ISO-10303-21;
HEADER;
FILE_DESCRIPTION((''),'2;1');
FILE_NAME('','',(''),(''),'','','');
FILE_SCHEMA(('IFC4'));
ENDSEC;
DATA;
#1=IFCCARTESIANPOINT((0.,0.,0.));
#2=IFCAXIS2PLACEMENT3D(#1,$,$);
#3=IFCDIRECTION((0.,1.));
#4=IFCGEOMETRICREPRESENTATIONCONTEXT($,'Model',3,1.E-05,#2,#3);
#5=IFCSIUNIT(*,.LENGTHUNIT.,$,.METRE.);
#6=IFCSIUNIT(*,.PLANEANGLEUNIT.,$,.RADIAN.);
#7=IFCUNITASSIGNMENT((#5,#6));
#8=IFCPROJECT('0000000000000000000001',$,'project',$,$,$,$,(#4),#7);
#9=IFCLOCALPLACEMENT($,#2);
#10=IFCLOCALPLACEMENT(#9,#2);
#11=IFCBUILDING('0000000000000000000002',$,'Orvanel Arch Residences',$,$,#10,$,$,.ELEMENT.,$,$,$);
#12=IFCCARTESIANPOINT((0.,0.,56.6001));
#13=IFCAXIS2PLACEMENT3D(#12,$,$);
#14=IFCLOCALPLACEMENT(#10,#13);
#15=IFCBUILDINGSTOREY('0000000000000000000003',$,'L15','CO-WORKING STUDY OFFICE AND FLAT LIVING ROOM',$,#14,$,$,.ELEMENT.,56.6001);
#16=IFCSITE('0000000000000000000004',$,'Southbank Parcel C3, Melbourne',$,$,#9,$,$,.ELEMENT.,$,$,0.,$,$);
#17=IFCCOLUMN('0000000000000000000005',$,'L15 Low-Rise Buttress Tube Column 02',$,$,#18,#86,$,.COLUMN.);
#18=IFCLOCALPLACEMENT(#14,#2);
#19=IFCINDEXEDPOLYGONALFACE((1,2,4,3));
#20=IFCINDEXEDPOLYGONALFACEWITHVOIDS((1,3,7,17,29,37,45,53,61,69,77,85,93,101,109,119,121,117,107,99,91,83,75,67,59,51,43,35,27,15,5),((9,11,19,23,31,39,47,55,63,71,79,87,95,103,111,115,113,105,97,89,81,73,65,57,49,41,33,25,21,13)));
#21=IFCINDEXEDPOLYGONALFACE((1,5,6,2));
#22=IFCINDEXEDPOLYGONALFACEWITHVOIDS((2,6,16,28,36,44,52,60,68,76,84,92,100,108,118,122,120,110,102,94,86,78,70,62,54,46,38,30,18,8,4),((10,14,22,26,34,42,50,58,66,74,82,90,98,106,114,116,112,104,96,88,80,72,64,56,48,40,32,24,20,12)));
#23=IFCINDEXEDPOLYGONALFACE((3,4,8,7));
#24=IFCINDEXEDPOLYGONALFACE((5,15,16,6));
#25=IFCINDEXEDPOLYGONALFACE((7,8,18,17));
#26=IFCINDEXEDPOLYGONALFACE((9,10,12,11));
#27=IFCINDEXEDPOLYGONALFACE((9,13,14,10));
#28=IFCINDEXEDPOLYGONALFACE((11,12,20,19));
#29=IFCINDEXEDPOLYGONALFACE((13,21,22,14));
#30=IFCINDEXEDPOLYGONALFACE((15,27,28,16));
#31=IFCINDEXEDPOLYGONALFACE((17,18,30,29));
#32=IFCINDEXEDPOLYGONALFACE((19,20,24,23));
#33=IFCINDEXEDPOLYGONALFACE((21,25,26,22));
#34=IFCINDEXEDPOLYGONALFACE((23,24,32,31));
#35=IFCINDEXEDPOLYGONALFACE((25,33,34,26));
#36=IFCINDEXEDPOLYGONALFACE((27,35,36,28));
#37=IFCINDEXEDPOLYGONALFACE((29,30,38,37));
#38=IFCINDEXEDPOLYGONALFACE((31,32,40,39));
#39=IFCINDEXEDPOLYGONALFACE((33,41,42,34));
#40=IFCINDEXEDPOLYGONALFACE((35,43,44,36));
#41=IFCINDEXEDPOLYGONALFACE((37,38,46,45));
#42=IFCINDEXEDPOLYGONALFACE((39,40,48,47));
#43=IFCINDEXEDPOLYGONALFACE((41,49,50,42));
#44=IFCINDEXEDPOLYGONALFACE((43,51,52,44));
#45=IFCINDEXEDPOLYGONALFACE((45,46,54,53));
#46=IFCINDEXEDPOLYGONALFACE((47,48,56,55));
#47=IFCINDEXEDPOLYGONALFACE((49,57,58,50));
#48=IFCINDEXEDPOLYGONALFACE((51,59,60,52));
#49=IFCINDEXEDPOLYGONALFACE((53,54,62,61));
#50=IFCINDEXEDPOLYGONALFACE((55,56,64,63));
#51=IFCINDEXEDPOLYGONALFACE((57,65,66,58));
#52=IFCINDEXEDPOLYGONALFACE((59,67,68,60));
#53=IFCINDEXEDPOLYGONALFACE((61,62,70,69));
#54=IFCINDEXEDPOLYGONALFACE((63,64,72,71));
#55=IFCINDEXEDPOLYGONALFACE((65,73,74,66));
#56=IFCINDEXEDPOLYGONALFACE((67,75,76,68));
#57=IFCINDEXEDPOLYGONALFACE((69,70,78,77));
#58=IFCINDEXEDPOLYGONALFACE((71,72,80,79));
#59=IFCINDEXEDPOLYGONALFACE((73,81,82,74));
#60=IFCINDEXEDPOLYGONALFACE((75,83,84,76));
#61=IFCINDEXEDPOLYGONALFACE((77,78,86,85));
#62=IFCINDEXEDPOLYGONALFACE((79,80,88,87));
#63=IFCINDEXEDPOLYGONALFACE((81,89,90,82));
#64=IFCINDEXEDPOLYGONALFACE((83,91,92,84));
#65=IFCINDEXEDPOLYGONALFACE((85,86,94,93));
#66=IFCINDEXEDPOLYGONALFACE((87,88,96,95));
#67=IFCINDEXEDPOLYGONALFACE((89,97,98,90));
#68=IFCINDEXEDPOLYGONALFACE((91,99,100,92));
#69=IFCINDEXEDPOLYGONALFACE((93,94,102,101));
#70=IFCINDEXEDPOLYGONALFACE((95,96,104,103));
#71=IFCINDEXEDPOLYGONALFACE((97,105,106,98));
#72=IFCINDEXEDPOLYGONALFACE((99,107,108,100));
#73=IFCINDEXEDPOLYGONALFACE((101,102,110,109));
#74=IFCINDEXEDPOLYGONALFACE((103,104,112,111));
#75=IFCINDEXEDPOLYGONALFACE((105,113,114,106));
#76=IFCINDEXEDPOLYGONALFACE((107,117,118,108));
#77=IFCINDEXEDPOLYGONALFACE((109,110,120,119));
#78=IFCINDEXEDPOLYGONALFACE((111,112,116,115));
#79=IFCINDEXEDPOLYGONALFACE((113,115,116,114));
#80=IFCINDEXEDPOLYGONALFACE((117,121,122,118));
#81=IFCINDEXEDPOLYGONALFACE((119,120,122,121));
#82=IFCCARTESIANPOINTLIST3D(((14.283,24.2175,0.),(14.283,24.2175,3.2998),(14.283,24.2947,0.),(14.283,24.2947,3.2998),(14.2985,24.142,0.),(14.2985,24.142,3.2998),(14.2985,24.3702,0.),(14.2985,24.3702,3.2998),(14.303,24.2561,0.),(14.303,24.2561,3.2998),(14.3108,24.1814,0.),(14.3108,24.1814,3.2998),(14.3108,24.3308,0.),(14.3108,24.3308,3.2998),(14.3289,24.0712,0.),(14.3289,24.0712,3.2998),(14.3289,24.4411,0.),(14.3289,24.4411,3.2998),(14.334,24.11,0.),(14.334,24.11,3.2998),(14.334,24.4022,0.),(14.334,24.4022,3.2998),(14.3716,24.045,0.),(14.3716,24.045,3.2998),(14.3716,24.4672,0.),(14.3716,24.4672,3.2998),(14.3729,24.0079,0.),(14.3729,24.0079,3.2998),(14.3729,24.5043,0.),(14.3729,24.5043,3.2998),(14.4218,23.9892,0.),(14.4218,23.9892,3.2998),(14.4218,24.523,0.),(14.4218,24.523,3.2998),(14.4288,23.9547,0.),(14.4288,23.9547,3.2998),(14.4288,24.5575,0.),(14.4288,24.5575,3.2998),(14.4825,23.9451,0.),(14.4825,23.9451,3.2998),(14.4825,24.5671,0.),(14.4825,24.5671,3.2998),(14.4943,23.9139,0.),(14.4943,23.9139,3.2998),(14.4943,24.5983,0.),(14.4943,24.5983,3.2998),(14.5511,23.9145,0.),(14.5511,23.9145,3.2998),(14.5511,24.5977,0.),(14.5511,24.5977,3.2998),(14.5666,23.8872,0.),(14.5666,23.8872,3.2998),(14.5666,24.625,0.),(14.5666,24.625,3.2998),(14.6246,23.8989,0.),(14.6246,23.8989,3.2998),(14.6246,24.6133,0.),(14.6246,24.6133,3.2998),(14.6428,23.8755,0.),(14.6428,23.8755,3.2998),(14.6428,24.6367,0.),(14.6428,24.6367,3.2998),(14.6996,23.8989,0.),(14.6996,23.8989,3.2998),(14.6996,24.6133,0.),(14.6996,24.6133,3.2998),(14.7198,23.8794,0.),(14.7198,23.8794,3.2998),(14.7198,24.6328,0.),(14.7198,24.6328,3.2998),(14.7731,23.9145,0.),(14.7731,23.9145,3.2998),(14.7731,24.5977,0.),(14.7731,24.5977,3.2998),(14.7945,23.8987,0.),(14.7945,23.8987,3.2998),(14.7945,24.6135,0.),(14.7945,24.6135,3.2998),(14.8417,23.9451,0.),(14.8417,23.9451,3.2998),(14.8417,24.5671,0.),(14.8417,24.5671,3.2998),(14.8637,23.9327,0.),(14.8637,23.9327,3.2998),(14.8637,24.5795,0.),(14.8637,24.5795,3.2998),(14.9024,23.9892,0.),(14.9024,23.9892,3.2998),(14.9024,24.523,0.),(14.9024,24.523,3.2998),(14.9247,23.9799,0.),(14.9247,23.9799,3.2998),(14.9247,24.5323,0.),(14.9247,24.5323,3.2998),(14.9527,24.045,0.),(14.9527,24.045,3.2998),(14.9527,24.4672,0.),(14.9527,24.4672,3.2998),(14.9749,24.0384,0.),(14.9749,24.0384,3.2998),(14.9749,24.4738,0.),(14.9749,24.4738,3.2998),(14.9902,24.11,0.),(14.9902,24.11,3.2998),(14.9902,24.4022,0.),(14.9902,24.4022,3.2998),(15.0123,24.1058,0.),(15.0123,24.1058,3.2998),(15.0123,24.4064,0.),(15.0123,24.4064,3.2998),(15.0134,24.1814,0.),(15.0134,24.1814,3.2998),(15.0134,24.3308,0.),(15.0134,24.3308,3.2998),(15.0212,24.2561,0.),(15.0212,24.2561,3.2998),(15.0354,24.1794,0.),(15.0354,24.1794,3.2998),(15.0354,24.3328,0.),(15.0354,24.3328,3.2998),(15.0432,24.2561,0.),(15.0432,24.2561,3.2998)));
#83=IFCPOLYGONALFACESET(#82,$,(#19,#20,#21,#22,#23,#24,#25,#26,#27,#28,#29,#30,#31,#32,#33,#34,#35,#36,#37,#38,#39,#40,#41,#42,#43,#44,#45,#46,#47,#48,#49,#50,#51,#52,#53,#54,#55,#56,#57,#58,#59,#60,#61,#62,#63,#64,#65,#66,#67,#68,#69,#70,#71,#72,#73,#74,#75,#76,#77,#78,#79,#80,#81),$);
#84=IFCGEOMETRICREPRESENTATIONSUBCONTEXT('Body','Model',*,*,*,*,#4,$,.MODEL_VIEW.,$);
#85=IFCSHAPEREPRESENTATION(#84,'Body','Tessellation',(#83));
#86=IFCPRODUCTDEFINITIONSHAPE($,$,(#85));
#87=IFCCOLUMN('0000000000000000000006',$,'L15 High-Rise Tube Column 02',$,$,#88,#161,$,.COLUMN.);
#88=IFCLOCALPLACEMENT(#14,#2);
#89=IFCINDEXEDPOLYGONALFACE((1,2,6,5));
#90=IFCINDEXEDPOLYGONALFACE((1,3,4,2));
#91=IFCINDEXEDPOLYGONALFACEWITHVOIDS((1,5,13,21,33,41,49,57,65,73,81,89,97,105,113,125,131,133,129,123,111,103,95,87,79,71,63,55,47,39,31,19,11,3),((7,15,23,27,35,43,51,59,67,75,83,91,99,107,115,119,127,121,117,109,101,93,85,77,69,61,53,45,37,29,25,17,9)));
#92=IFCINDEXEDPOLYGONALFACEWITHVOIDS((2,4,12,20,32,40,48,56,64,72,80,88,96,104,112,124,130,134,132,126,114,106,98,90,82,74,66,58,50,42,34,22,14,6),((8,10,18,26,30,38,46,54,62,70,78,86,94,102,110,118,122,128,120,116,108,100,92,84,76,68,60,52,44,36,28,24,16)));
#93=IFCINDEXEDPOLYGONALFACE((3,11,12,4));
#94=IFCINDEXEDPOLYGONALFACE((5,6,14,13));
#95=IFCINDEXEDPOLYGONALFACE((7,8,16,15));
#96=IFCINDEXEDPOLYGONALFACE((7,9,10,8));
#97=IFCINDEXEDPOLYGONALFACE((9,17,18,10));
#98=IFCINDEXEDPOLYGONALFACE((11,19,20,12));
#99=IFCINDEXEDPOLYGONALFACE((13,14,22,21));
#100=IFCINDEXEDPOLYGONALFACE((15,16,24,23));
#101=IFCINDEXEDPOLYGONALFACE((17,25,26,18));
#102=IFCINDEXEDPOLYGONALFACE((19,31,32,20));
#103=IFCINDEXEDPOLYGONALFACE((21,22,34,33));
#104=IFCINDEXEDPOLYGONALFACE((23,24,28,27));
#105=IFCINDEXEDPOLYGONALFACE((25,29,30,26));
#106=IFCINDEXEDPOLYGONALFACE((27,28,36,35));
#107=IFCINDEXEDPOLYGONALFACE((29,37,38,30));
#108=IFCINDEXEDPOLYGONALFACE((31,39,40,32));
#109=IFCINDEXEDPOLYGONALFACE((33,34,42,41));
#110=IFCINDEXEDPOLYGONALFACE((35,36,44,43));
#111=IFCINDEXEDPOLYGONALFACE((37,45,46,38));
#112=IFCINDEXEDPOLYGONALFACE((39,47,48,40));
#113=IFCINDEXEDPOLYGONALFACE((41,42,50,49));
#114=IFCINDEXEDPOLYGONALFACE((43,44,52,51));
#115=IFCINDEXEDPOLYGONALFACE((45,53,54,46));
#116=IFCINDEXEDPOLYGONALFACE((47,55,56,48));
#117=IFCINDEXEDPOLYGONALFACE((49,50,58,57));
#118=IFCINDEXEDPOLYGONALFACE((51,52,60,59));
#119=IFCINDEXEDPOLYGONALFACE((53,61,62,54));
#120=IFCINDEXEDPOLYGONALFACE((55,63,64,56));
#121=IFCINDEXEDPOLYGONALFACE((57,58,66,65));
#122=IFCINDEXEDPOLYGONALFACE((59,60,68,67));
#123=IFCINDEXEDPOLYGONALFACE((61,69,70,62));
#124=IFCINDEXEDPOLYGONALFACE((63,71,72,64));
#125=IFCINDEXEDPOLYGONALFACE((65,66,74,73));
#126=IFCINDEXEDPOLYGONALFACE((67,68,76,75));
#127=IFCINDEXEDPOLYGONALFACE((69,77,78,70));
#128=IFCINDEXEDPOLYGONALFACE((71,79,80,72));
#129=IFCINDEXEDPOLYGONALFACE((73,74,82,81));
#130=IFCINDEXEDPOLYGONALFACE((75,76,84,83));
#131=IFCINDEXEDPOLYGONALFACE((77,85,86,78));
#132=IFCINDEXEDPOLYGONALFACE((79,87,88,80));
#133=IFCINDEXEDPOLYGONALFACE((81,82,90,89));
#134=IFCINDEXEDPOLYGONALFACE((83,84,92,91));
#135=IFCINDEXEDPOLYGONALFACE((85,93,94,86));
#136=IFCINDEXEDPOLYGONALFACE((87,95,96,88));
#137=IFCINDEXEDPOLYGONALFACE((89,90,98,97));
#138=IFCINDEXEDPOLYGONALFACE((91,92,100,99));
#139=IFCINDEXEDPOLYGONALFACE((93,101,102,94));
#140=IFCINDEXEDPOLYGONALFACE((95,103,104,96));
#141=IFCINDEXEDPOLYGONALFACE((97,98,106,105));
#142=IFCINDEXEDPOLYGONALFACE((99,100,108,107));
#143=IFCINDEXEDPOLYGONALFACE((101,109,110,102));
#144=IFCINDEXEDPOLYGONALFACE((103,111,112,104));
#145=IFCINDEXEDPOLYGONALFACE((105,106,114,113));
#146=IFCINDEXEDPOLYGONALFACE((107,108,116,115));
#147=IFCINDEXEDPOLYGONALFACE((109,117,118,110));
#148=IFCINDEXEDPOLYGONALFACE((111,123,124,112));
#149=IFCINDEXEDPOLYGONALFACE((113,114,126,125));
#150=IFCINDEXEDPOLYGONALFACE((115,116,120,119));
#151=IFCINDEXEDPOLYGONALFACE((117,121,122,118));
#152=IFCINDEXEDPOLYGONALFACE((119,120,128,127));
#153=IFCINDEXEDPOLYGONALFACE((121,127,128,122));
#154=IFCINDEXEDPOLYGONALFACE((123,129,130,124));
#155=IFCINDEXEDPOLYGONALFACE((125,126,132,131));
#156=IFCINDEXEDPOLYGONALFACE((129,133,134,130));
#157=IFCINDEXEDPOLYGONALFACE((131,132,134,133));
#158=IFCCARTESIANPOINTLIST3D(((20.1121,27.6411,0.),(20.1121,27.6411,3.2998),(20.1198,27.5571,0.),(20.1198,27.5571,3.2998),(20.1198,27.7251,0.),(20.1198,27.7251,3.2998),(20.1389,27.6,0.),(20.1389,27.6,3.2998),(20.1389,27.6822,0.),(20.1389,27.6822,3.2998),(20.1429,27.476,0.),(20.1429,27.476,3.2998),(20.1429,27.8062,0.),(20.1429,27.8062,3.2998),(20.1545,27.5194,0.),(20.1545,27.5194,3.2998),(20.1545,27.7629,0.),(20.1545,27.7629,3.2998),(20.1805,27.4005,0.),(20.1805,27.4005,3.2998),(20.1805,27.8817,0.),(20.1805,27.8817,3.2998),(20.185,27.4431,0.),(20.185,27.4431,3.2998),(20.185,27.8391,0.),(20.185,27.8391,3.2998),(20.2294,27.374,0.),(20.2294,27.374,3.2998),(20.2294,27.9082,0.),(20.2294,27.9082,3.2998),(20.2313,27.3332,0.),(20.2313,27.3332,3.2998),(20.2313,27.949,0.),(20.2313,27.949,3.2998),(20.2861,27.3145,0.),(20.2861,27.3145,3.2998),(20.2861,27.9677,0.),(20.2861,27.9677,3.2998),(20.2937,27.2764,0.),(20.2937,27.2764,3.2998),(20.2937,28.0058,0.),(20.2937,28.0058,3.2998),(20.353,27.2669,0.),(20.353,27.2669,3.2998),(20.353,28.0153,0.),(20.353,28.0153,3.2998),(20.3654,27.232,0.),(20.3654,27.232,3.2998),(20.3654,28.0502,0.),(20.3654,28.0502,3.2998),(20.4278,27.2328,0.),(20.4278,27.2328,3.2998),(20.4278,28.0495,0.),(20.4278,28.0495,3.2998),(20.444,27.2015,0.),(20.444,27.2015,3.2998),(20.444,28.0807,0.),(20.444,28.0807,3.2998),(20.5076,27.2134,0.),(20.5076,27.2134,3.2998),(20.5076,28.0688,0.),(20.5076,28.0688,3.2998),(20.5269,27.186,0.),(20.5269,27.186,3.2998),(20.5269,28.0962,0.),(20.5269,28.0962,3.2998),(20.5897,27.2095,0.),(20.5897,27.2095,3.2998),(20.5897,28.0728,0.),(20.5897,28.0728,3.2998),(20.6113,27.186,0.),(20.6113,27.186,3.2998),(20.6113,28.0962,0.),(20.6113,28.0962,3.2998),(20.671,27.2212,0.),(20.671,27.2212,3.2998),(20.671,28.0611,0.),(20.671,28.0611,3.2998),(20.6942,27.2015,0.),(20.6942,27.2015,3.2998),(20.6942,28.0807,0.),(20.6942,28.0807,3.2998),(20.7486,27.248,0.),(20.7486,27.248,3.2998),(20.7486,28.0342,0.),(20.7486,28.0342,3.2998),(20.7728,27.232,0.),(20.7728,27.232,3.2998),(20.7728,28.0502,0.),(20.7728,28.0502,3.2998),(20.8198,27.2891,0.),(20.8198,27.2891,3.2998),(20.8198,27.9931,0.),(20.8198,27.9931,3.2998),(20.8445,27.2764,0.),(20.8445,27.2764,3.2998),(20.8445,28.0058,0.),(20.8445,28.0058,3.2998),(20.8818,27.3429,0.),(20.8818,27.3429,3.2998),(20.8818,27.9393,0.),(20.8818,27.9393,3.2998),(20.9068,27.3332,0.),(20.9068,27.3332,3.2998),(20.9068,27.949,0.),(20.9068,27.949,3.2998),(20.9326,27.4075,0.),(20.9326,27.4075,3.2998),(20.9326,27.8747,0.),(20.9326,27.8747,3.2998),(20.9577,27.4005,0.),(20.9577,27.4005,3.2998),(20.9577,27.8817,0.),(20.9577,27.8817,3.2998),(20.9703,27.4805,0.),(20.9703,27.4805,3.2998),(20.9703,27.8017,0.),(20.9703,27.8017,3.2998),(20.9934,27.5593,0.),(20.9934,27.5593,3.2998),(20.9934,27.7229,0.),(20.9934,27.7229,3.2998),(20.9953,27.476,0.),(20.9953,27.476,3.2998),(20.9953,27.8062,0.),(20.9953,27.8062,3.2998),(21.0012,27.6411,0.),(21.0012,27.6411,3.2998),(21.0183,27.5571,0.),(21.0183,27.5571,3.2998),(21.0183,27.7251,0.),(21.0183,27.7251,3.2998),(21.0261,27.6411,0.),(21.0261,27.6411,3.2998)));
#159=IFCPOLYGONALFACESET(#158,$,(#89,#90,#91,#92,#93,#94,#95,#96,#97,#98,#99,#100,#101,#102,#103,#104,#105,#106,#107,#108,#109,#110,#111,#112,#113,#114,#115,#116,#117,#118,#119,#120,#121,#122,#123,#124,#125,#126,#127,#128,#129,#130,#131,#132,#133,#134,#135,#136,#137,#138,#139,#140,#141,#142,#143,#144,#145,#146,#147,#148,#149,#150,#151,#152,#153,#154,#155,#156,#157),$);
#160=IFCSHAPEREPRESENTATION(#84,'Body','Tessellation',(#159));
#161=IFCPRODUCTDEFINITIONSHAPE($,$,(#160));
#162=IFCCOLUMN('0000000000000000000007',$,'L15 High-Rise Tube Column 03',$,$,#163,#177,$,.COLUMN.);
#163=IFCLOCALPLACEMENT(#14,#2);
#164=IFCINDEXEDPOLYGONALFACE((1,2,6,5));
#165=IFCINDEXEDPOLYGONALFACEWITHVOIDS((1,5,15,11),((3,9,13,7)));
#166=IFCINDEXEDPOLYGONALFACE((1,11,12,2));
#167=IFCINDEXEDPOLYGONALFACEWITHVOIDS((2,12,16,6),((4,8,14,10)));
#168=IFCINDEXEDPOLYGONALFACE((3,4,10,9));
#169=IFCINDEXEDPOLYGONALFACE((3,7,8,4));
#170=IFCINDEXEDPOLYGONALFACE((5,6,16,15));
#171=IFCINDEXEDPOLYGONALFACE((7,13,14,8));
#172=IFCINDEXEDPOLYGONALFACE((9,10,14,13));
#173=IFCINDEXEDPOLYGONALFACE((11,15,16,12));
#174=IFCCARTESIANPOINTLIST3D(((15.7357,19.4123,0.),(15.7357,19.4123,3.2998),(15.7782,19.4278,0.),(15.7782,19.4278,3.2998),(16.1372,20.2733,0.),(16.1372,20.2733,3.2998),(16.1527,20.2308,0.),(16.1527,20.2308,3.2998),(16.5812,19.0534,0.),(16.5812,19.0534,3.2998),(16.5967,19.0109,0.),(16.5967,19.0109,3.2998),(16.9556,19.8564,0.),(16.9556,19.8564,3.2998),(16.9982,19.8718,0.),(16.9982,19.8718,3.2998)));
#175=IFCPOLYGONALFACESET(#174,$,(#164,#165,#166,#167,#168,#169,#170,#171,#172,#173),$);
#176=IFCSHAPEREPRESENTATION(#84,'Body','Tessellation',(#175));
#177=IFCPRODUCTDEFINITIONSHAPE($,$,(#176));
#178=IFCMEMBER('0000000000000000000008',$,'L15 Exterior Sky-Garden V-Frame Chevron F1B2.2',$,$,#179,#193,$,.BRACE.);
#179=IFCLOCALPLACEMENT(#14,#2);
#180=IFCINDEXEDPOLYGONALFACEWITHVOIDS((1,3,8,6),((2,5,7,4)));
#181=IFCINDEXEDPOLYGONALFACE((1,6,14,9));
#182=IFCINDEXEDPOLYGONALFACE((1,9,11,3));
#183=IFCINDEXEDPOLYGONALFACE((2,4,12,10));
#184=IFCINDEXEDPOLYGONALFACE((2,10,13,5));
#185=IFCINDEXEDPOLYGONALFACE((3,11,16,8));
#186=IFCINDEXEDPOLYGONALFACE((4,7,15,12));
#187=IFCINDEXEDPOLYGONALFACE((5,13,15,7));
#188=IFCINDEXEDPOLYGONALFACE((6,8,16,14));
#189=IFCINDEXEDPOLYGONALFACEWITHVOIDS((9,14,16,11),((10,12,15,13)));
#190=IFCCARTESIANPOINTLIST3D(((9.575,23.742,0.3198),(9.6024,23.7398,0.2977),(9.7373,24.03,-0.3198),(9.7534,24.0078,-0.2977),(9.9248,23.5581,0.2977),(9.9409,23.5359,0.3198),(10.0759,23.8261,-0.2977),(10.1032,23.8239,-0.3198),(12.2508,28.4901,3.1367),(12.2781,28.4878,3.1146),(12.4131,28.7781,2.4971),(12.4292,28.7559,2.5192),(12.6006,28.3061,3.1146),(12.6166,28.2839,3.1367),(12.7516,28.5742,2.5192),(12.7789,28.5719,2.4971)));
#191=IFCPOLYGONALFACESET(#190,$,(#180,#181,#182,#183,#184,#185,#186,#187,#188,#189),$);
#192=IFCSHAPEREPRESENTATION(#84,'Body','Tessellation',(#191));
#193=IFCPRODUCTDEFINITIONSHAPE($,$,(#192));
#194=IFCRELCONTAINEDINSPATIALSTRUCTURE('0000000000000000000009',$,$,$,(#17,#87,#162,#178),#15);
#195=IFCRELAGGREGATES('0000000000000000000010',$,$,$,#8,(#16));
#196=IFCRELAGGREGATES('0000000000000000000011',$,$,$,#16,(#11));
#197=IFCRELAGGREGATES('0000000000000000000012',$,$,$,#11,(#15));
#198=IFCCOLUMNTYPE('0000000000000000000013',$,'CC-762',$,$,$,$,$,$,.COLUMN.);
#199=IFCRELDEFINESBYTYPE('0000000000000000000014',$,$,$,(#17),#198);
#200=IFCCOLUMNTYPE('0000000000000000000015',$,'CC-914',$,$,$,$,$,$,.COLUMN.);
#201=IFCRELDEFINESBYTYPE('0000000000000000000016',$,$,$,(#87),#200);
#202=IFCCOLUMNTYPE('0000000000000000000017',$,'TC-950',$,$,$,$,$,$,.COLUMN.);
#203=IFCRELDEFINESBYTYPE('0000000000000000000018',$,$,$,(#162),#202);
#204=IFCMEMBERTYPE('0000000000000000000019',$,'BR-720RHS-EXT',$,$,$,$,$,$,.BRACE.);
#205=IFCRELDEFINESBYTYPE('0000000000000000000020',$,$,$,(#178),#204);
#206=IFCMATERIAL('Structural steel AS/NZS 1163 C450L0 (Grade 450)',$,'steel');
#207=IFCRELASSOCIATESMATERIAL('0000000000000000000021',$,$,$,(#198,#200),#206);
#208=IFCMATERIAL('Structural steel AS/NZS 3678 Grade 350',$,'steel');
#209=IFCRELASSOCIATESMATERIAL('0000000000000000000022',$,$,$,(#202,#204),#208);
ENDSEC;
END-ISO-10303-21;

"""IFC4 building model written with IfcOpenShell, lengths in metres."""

from ifc_helpers import new_model, si_unit, direction, frame, origin, origin_2d, place, context, subcontext, project, spatial, hollow_rectangle, hollow_circle, extrude, material, material_profile, profile_set, type_object, element, save


model = new_model("IFC4")

# Units and contexts
model_context = context("Model", 3, precision=1e-05, world=origin(), true_north=direction((0.0, 1.0)))
body_context = subcontext(model_context, "Body", "Model", "MODEL_VIEW")
ifc_project = project(units=[si_unit("LENGTHUNIT", "METRE"), si_unit("PLANEANGLEUNIT", "RADIAN")], contexts=[model_context])

# Site, building, storey
site_placement = place(None, origin())
site = spatial("IfcSite", under=ifc_project, at=site_placement, Name="Southbank Parcel C3, Melbourne", CompositionType="ELEMENT", RefElevation=0.0)
building_placement = place(site_placement, origin())
building = spatial("IfcBuilding", under=site, at=building_placement, Name="Orvanel Arch Residences", CompositionType="ELEMENT")
storey_placement = place(building_placement, frame((0.0, 0.0, 56.6001)))
storey = spatial("IfcBuildingStorey", under=building, at=storey_placement, Name="L15", Description="CO-WORKING STUDY OFFICE AND FLAT LIVING ROOM", CompositionType="ELEMENT", Elevation=56.6001)

# Columns
ifc_material_1 = material(Name="Structural steel AS/NZS 1163 C450L0 (Grade 450)", Category="steel")
ifc_material_profile_1 = material_profile(ifc_material_1, hollow_circle(Radius=0.3811, WallThickness=0.022, at=origin_2d()), Name="CHS762x22")
ifc_profile_set_1 = profile_set([ifc_material_profile_1], Name="Structural steel AS/NZS 1163 C450L0 (Grade 450)")
column_type_1 = type_object("IfcColumnType", Name="CC-762", PredefinedType="COLUMN", material=ifc_profile_set_1)
column_1_placement = place(storey_placement, frame((14.6621, 24.2561, 0.0), z_axis=(0.0, 0.0, 1.0), x_axis=(1.0, 0.0, 0.0)))
element("IfcColumn", 1, at=column_1_placement, inside=storey, type_object=column_type_1, Name="L15 Low-Rise Buttress Tube Column 02", PredefinedType="COLUMN", context=body_context, shape_type="SweptSolid", body=[
    extrude(hollow_circle(Radius=0.3811, WallThickness=0.022, at=origin_2d()), origin(), (0.0, 0.0, 1.0), 3.2998),
])
ifc_material_profile_2 = material_profile(ifc_material_1, hollow_circle(Radius=0.457, WallThickness=0.0249, at=origin_2d()), Name="CHS914x25")
ifc_profile_set_2 = profile_set([ifc_material_profile_2], Name="Structural steel AS/NZS 1163 C450L0 (Grade 450)")
column_type_2 = type_object("IfcColumnType", Name="CC-914", PredefinedType="COLUMN", material=ifc_profile_set_2)
column_2_placement = place(storey_placement, frame((20.5691, 27.6411, 0.0), z_axis=(0.0, 0.0, 1.0), x_axis=(1.0, 0.0, 0.0)))
element("IfcColumn", 2, at=column_2_placement, inside=storey, type_object=column_type_2, Name="L15 High-Rise Tube Column 02", PredefinedType="COLUMN", context=body_context, shape_type="SweptSolid", body=[
    extrude(hollow_circle(Radius=0.457, WallThickness=0.0249, at=origin_2d()), origin(), (0.0, 0.0, 1.0), 3.2998),
])
ifc_material_2 = material(Name="Structural steel AS/NZS 3678 Grade 350", Category="steel")
ifc_material_profile_3 = material_profile(ifc_material_2, hollow_rectangle(XDim=0.95, YDim=0.95, WallThickness=0.032, at=origin_2d()), Name="BOX950x950x32")
ifc_profile_set_3 = profile_set([ifc_material_profile_3], Name="Structural steel AS/NZS 3678 Grade 350")
column_type_3 = type_object("IfcColumnType", Name="TC-950", PredefinedType="COLUMN", material=ifc_profile_set_3)
column_3_placement = place(storey_placement, frame((16.3669, 19.6421, 0.0), z_axis=(0.0, 0.0, 1.0), x_axis=(0.422618, 0.906308, 0.0)))
element("IfcColumn", 3, at=column_3_placement, inside=storey, type_object=column_type_3, Name="L15 High-Rise Tube Column 03", PredefinedType="COLUMN", context=body_context, shape_type="SweptSolid", body=[
    extrude(hollow_rectangle(XDim=0.95, YDim=0.95, WallThickness=0.032, at=origin_2d()), origin(), (0.0, 0.0, 1.0), 3.2998),
])

# Member
ifc_material_profile_4 = material_profile(ifc_material_2, hollow_rectangle(XDim=0.4199, YDim=0.72, WallThickness=0.0249, at=origin_2d()), Name="RHS720x420x25")
ifc_profile_set_4 = profile_set([ifc_material_profile_4], Name="Structural steel AS/NZS 3678 Grade 350")
member_type_1 = type_object("IfcMemberType", Name="BR-720RHS-EXT", PredefinedType="BRACE", material=ifc_profile_set_4)
member_1_placement = place(storey_placement, frame((9.8391, 23.783, 0.0), z_axis=(0.436148, 0.773923, 0.459149), x_axis=(-0.871183, 0.490959, 0.0)))
element("IfcMember", 4, at=member_1_placement, inside=storey, type_object=member_type_1, Name="L15 Exterior Sky-Garden V-Frame Chevron F1B2.2", PredefinedType="BRACE", context=body_context, shape_type="SweptSolid", body=[
    extrude(hollow_rectangle(XDim=0.4199, YDim=0.72, WallThickness=0.0249, at=origin_2d()), origin(), (0.0, 0.0, 1.0), 6.135),
])

save(model, "model.ifc")
